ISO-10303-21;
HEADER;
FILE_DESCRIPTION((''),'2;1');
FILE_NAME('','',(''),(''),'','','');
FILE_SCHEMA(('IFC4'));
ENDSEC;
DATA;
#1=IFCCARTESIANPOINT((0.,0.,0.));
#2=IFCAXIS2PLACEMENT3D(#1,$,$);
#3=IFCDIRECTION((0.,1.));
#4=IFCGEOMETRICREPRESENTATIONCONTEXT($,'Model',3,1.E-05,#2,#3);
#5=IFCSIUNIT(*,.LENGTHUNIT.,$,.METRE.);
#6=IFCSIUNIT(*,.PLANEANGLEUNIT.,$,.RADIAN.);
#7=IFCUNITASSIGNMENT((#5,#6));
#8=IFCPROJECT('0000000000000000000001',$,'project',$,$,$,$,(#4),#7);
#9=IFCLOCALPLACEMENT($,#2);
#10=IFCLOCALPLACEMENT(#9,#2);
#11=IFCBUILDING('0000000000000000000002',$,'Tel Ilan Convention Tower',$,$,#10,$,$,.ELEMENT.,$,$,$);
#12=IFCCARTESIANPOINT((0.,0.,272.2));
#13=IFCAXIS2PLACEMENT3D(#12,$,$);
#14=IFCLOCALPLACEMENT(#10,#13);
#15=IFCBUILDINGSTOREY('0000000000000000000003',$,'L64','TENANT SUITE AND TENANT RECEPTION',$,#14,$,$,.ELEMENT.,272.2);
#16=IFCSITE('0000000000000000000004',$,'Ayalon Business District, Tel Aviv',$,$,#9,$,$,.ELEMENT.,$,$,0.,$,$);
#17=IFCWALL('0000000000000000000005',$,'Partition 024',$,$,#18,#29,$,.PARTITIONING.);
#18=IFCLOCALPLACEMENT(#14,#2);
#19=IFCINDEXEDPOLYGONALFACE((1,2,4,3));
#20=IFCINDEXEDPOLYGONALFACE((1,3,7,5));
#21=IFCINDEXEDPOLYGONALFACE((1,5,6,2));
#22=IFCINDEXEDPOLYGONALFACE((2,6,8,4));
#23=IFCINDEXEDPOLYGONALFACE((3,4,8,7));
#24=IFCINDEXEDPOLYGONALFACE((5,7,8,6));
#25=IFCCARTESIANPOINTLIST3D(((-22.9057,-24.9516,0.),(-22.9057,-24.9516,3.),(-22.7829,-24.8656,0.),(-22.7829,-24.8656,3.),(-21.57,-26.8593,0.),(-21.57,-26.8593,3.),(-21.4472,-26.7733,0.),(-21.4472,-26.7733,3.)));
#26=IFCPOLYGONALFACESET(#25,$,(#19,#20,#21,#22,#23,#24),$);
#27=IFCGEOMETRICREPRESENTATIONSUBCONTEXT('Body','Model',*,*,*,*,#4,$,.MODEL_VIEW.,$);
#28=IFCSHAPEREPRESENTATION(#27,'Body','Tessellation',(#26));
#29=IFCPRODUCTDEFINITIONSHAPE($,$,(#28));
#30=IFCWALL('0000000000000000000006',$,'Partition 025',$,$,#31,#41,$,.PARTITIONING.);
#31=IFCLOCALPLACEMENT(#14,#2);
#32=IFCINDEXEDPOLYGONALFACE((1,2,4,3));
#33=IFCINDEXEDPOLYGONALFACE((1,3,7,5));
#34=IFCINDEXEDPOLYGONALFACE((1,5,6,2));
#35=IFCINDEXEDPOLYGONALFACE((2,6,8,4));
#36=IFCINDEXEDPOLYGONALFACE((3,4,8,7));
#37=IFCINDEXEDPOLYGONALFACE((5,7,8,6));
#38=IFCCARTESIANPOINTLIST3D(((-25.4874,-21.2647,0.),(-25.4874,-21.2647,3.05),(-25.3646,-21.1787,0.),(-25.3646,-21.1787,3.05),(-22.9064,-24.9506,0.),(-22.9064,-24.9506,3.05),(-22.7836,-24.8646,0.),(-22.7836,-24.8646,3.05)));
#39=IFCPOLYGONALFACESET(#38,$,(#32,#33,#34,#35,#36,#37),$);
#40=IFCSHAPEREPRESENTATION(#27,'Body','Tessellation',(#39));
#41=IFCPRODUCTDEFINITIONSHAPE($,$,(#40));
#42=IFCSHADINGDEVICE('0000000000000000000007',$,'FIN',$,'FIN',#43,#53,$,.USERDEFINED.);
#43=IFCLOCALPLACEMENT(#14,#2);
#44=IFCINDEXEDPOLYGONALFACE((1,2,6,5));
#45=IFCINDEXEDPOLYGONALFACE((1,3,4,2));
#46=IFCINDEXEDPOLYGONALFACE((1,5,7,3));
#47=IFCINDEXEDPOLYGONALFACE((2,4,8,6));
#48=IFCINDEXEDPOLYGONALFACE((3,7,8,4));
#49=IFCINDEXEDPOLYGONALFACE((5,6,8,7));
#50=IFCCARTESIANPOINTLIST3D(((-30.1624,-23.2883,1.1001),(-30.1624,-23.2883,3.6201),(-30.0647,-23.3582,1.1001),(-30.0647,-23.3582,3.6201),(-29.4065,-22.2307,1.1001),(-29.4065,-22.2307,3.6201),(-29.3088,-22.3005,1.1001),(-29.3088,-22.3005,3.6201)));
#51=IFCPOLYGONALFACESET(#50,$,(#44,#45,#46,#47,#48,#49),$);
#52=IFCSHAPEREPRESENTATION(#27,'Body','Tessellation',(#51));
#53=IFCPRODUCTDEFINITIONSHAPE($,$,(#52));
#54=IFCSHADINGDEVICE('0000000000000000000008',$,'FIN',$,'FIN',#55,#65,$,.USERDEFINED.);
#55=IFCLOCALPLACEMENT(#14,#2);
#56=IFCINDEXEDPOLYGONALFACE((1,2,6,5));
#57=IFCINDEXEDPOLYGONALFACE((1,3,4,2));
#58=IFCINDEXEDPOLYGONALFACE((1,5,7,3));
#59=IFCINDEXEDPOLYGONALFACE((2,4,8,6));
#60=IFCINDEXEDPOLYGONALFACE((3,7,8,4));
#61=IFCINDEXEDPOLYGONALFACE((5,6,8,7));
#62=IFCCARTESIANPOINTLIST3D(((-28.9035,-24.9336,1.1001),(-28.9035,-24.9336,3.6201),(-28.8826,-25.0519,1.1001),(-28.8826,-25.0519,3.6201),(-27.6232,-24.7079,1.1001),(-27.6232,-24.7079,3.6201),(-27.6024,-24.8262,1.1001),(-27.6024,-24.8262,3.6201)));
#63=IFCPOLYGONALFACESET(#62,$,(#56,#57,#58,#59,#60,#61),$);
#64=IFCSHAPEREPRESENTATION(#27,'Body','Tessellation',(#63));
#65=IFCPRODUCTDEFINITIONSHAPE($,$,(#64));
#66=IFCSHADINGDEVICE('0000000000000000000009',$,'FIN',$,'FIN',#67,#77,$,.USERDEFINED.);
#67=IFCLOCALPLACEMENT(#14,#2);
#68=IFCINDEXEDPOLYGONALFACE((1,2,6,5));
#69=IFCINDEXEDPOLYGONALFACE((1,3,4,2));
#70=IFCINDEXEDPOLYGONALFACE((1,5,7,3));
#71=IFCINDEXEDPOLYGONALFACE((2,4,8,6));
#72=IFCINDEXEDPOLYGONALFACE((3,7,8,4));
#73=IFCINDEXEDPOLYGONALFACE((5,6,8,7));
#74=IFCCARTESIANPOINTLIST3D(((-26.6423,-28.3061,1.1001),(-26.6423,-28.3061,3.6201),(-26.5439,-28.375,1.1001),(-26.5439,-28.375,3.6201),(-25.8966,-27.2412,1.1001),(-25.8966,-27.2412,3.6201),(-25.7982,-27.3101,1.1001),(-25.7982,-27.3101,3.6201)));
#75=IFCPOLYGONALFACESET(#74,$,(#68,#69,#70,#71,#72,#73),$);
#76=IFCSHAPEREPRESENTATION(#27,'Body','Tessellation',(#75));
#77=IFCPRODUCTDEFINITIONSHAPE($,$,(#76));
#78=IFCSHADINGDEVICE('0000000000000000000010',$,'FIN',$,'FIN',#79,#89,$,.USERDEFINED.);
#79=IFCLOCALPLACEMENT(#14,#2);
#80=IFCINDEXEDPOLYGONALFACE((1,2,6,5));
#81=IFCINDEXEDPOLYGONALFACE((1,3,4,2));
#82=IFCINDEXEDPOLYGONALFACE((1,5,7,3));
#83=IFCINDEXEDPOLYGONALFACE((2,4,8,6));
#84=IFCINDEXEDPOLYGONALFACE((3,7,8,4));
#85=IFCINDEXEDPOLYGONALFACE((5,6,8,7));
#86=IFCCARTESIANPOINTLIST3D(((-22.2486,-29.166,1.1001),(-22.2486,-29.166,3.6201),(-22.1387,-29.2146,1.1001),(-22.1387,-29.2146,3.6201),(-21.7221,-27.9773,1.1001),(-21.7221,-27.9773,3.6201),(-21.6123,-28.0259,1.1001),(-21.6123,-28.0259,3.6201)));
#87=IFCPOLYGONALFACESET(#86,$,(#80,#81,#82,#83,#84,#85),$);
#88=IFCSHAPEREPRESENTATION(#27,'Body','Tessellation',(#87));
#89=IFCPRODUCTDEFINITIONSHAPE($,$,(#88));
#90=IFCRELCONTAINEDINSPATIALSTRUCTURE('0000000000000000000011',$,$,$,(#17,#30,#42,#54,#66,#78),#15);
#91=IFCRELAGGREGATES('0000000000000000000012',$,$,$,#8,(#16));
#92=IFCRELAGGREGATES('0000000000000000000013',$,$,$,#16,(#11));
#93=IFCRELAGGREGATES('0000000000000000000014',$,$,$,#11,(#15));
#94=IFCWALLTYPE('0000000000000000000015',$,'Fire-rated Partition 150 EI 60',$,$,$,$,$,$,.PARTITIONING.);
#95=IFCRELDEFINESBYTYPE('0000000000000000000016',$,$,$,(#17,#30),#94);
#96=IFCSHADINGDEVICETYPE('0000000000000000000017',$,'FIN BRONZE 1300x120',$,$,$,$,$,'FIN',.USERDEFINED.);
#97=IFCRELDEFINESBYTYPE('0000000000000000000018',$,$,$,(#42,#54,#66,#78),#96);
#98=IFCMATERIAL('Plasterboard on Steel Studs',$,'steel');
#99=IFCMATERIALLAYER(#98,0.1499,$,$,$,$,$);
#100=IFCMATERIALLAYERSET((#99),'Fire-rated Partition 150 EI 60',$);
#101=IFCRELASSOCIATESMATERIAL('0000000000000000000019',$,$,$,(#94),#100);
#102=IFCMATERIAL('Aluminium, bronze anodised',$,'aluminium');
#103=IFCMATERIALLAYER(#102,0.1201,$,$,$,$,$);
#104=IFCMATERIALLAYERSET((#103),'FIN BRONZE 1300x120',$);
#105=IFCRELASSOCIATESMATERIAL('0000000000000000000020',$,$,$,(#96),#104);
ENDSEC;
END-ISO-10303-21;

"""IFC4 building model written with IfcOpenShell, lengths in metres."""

from ifc_helpers import new_model, si_unit, direction, frame, frame_2d, origin, origin_2d, place, context, subcontext, project, spatial, rectangle, extrude, material, layer, layer_set, type_object, element, save


model = new_model("IFC4")

# Units and contexts
model_context = context("Model", 3, precision=1e-05, world=origin(), true_north=direction((0.0, 1.0)))
body_context = subcontext(model_context, "Body", "Model", "MODEL_VIEW")
ifc_project = project(units=[si_unit("LENGTHUNIT", "METRE"), si_unit("PLANEANGLEUNIT", "RADIAN")], contexts=[model_context])

# Site, building, storey
site_placement = place(None, origin())
site = spatial("IfcSite", under=ifc_project, at=site_placement, Name="Ayalon Business District, Tel Aviv", CompositionType="ELEMENT", RefElevation=0.0)
building_placement = place(site_placement, origin())
building = spatial("IfcBuilding", under=site, at=building_placement, Name="Tel Ilan Convention Tower", CompositionType="ELEMENT")
storey_placement = place(building_placement, frame((0.0, 0.0, 272.2)))
storey = spatial("IfcBuildingStorey", under=building, at=storey_placement, Name="L64", Description="TENANT SUITE AND TENANT RECEPTION", CompositionType="ELEMENT", Elevation=272.2)

# Walls
ifc_material_1 = material(Name="Plasterboard on Steel Studs", Category="steel")
ifc_layer_1 = layer(ifc_material_1, 0.1499)
ifc_layer_set_1 = layer_set([ifc_layer_1], Name="Fire-rated Partition 150 EI 60")
wall_type = type_object("IfcWallType", Name="Fire-rated Partition 150 EI 60", PredefinedType="PARTITIONING", material=ifc_layer_set_1)
wall_1_placement = place(storey_placement, frame((-21.5085, -26.8164, 0.0), z_axis=(0.0, 0.0, 1.0), x_axis=(-0.573547, 0.819173, 0.0)))
element("IfcWall", 1, at=wall_1_placement, inside=storey, type_object=wall_type, Name="Partition 024", PredefinedType="PARTITIONING", context=body_context, shape_type="SweptSolid", body=[
    extrude(rectangle(XDim=2.3289, YDim=0.1499, at=frame_2d((1.1646, 0.0))), origin(), (0.0, 0.0, 1.0), 3.0),
])
wall_2_placement = place(storey_placement, frame((-22.845, -24.9077, 0.0), z_axis=(0.0, 0.0, 1.0), x_axis=(-0.573586, 0.819145, 0.0)))
element("IfcWall", 2, at=wall_2_placement, inside=storey, type_object=wall_type, Name="Partition 025", PredefinedType="PARTITIONING", context=body_context, shape_type="SweptSolid", body=[
    extrude(rectangle(XDim=4.4998, YDim=0.1499, at=frame_2d((2.25, 0.0))), origin(), (0.0, 0.0, 1.0), 3.05),
])

# Shading devices
ifc_material_2 = material(Name="Aluminium, bronze anodised", Category="aluminium")
ifc_layer_2 = layer(ifc_material_2, 0.1201)
ifc_layer_set_2 = layer_set([ifc_layer_2], Name="FIN BRONZE 1300x120")
shading_device_type = type_object("IfcShadingDeviceType", Name="FIN BRONZE 1300x120", ElementType="FIN", PredefinedType="USERDEFINED", material=ifc_layer_set_2)
for number, where, z_axis, x_axis, name in (
    (3, (-29.7356, -22.7944, 1.1001), (0.0, 0.0, 1.0), (-0.581492, -0.813552, 0.0), "FIN"),
    (4, (-28.2529, -24.8799, 1.1001), (0.0, 0.0, 1.0), (-0.984808, -0.173648, 0.0), "FIN"),
    (5, (-26.2202, -27.8081, 1.1001), (0.0, 0.0, 1.0), (-0.573576, -0.819152, 0.0), "FIN"),
    (6, (-21.9304, -28.5959, 1.1001), (0.0, 0.0, 1.0), (-0.404964, -0.914333, 0.0), "FIN"),
):
    element("IfcShadingDevice", number, at=place(storey_placement, frame(where, z_axis=z_axis, x_axis=x_axis)), inside=storey, type_object=shading_device_type, Name=name, ObjectType="FIN", PredefinedType="USERDEFINED", context=body_context, shape_type="SweptSolid", body=[
        extrude(rectangle(XDim=1.3, YDim=0.1201, at=origin_2d()), origin(), (0.0, 0.0, 1.0), 2.52),
    ])

save(model, "model.ifc")
